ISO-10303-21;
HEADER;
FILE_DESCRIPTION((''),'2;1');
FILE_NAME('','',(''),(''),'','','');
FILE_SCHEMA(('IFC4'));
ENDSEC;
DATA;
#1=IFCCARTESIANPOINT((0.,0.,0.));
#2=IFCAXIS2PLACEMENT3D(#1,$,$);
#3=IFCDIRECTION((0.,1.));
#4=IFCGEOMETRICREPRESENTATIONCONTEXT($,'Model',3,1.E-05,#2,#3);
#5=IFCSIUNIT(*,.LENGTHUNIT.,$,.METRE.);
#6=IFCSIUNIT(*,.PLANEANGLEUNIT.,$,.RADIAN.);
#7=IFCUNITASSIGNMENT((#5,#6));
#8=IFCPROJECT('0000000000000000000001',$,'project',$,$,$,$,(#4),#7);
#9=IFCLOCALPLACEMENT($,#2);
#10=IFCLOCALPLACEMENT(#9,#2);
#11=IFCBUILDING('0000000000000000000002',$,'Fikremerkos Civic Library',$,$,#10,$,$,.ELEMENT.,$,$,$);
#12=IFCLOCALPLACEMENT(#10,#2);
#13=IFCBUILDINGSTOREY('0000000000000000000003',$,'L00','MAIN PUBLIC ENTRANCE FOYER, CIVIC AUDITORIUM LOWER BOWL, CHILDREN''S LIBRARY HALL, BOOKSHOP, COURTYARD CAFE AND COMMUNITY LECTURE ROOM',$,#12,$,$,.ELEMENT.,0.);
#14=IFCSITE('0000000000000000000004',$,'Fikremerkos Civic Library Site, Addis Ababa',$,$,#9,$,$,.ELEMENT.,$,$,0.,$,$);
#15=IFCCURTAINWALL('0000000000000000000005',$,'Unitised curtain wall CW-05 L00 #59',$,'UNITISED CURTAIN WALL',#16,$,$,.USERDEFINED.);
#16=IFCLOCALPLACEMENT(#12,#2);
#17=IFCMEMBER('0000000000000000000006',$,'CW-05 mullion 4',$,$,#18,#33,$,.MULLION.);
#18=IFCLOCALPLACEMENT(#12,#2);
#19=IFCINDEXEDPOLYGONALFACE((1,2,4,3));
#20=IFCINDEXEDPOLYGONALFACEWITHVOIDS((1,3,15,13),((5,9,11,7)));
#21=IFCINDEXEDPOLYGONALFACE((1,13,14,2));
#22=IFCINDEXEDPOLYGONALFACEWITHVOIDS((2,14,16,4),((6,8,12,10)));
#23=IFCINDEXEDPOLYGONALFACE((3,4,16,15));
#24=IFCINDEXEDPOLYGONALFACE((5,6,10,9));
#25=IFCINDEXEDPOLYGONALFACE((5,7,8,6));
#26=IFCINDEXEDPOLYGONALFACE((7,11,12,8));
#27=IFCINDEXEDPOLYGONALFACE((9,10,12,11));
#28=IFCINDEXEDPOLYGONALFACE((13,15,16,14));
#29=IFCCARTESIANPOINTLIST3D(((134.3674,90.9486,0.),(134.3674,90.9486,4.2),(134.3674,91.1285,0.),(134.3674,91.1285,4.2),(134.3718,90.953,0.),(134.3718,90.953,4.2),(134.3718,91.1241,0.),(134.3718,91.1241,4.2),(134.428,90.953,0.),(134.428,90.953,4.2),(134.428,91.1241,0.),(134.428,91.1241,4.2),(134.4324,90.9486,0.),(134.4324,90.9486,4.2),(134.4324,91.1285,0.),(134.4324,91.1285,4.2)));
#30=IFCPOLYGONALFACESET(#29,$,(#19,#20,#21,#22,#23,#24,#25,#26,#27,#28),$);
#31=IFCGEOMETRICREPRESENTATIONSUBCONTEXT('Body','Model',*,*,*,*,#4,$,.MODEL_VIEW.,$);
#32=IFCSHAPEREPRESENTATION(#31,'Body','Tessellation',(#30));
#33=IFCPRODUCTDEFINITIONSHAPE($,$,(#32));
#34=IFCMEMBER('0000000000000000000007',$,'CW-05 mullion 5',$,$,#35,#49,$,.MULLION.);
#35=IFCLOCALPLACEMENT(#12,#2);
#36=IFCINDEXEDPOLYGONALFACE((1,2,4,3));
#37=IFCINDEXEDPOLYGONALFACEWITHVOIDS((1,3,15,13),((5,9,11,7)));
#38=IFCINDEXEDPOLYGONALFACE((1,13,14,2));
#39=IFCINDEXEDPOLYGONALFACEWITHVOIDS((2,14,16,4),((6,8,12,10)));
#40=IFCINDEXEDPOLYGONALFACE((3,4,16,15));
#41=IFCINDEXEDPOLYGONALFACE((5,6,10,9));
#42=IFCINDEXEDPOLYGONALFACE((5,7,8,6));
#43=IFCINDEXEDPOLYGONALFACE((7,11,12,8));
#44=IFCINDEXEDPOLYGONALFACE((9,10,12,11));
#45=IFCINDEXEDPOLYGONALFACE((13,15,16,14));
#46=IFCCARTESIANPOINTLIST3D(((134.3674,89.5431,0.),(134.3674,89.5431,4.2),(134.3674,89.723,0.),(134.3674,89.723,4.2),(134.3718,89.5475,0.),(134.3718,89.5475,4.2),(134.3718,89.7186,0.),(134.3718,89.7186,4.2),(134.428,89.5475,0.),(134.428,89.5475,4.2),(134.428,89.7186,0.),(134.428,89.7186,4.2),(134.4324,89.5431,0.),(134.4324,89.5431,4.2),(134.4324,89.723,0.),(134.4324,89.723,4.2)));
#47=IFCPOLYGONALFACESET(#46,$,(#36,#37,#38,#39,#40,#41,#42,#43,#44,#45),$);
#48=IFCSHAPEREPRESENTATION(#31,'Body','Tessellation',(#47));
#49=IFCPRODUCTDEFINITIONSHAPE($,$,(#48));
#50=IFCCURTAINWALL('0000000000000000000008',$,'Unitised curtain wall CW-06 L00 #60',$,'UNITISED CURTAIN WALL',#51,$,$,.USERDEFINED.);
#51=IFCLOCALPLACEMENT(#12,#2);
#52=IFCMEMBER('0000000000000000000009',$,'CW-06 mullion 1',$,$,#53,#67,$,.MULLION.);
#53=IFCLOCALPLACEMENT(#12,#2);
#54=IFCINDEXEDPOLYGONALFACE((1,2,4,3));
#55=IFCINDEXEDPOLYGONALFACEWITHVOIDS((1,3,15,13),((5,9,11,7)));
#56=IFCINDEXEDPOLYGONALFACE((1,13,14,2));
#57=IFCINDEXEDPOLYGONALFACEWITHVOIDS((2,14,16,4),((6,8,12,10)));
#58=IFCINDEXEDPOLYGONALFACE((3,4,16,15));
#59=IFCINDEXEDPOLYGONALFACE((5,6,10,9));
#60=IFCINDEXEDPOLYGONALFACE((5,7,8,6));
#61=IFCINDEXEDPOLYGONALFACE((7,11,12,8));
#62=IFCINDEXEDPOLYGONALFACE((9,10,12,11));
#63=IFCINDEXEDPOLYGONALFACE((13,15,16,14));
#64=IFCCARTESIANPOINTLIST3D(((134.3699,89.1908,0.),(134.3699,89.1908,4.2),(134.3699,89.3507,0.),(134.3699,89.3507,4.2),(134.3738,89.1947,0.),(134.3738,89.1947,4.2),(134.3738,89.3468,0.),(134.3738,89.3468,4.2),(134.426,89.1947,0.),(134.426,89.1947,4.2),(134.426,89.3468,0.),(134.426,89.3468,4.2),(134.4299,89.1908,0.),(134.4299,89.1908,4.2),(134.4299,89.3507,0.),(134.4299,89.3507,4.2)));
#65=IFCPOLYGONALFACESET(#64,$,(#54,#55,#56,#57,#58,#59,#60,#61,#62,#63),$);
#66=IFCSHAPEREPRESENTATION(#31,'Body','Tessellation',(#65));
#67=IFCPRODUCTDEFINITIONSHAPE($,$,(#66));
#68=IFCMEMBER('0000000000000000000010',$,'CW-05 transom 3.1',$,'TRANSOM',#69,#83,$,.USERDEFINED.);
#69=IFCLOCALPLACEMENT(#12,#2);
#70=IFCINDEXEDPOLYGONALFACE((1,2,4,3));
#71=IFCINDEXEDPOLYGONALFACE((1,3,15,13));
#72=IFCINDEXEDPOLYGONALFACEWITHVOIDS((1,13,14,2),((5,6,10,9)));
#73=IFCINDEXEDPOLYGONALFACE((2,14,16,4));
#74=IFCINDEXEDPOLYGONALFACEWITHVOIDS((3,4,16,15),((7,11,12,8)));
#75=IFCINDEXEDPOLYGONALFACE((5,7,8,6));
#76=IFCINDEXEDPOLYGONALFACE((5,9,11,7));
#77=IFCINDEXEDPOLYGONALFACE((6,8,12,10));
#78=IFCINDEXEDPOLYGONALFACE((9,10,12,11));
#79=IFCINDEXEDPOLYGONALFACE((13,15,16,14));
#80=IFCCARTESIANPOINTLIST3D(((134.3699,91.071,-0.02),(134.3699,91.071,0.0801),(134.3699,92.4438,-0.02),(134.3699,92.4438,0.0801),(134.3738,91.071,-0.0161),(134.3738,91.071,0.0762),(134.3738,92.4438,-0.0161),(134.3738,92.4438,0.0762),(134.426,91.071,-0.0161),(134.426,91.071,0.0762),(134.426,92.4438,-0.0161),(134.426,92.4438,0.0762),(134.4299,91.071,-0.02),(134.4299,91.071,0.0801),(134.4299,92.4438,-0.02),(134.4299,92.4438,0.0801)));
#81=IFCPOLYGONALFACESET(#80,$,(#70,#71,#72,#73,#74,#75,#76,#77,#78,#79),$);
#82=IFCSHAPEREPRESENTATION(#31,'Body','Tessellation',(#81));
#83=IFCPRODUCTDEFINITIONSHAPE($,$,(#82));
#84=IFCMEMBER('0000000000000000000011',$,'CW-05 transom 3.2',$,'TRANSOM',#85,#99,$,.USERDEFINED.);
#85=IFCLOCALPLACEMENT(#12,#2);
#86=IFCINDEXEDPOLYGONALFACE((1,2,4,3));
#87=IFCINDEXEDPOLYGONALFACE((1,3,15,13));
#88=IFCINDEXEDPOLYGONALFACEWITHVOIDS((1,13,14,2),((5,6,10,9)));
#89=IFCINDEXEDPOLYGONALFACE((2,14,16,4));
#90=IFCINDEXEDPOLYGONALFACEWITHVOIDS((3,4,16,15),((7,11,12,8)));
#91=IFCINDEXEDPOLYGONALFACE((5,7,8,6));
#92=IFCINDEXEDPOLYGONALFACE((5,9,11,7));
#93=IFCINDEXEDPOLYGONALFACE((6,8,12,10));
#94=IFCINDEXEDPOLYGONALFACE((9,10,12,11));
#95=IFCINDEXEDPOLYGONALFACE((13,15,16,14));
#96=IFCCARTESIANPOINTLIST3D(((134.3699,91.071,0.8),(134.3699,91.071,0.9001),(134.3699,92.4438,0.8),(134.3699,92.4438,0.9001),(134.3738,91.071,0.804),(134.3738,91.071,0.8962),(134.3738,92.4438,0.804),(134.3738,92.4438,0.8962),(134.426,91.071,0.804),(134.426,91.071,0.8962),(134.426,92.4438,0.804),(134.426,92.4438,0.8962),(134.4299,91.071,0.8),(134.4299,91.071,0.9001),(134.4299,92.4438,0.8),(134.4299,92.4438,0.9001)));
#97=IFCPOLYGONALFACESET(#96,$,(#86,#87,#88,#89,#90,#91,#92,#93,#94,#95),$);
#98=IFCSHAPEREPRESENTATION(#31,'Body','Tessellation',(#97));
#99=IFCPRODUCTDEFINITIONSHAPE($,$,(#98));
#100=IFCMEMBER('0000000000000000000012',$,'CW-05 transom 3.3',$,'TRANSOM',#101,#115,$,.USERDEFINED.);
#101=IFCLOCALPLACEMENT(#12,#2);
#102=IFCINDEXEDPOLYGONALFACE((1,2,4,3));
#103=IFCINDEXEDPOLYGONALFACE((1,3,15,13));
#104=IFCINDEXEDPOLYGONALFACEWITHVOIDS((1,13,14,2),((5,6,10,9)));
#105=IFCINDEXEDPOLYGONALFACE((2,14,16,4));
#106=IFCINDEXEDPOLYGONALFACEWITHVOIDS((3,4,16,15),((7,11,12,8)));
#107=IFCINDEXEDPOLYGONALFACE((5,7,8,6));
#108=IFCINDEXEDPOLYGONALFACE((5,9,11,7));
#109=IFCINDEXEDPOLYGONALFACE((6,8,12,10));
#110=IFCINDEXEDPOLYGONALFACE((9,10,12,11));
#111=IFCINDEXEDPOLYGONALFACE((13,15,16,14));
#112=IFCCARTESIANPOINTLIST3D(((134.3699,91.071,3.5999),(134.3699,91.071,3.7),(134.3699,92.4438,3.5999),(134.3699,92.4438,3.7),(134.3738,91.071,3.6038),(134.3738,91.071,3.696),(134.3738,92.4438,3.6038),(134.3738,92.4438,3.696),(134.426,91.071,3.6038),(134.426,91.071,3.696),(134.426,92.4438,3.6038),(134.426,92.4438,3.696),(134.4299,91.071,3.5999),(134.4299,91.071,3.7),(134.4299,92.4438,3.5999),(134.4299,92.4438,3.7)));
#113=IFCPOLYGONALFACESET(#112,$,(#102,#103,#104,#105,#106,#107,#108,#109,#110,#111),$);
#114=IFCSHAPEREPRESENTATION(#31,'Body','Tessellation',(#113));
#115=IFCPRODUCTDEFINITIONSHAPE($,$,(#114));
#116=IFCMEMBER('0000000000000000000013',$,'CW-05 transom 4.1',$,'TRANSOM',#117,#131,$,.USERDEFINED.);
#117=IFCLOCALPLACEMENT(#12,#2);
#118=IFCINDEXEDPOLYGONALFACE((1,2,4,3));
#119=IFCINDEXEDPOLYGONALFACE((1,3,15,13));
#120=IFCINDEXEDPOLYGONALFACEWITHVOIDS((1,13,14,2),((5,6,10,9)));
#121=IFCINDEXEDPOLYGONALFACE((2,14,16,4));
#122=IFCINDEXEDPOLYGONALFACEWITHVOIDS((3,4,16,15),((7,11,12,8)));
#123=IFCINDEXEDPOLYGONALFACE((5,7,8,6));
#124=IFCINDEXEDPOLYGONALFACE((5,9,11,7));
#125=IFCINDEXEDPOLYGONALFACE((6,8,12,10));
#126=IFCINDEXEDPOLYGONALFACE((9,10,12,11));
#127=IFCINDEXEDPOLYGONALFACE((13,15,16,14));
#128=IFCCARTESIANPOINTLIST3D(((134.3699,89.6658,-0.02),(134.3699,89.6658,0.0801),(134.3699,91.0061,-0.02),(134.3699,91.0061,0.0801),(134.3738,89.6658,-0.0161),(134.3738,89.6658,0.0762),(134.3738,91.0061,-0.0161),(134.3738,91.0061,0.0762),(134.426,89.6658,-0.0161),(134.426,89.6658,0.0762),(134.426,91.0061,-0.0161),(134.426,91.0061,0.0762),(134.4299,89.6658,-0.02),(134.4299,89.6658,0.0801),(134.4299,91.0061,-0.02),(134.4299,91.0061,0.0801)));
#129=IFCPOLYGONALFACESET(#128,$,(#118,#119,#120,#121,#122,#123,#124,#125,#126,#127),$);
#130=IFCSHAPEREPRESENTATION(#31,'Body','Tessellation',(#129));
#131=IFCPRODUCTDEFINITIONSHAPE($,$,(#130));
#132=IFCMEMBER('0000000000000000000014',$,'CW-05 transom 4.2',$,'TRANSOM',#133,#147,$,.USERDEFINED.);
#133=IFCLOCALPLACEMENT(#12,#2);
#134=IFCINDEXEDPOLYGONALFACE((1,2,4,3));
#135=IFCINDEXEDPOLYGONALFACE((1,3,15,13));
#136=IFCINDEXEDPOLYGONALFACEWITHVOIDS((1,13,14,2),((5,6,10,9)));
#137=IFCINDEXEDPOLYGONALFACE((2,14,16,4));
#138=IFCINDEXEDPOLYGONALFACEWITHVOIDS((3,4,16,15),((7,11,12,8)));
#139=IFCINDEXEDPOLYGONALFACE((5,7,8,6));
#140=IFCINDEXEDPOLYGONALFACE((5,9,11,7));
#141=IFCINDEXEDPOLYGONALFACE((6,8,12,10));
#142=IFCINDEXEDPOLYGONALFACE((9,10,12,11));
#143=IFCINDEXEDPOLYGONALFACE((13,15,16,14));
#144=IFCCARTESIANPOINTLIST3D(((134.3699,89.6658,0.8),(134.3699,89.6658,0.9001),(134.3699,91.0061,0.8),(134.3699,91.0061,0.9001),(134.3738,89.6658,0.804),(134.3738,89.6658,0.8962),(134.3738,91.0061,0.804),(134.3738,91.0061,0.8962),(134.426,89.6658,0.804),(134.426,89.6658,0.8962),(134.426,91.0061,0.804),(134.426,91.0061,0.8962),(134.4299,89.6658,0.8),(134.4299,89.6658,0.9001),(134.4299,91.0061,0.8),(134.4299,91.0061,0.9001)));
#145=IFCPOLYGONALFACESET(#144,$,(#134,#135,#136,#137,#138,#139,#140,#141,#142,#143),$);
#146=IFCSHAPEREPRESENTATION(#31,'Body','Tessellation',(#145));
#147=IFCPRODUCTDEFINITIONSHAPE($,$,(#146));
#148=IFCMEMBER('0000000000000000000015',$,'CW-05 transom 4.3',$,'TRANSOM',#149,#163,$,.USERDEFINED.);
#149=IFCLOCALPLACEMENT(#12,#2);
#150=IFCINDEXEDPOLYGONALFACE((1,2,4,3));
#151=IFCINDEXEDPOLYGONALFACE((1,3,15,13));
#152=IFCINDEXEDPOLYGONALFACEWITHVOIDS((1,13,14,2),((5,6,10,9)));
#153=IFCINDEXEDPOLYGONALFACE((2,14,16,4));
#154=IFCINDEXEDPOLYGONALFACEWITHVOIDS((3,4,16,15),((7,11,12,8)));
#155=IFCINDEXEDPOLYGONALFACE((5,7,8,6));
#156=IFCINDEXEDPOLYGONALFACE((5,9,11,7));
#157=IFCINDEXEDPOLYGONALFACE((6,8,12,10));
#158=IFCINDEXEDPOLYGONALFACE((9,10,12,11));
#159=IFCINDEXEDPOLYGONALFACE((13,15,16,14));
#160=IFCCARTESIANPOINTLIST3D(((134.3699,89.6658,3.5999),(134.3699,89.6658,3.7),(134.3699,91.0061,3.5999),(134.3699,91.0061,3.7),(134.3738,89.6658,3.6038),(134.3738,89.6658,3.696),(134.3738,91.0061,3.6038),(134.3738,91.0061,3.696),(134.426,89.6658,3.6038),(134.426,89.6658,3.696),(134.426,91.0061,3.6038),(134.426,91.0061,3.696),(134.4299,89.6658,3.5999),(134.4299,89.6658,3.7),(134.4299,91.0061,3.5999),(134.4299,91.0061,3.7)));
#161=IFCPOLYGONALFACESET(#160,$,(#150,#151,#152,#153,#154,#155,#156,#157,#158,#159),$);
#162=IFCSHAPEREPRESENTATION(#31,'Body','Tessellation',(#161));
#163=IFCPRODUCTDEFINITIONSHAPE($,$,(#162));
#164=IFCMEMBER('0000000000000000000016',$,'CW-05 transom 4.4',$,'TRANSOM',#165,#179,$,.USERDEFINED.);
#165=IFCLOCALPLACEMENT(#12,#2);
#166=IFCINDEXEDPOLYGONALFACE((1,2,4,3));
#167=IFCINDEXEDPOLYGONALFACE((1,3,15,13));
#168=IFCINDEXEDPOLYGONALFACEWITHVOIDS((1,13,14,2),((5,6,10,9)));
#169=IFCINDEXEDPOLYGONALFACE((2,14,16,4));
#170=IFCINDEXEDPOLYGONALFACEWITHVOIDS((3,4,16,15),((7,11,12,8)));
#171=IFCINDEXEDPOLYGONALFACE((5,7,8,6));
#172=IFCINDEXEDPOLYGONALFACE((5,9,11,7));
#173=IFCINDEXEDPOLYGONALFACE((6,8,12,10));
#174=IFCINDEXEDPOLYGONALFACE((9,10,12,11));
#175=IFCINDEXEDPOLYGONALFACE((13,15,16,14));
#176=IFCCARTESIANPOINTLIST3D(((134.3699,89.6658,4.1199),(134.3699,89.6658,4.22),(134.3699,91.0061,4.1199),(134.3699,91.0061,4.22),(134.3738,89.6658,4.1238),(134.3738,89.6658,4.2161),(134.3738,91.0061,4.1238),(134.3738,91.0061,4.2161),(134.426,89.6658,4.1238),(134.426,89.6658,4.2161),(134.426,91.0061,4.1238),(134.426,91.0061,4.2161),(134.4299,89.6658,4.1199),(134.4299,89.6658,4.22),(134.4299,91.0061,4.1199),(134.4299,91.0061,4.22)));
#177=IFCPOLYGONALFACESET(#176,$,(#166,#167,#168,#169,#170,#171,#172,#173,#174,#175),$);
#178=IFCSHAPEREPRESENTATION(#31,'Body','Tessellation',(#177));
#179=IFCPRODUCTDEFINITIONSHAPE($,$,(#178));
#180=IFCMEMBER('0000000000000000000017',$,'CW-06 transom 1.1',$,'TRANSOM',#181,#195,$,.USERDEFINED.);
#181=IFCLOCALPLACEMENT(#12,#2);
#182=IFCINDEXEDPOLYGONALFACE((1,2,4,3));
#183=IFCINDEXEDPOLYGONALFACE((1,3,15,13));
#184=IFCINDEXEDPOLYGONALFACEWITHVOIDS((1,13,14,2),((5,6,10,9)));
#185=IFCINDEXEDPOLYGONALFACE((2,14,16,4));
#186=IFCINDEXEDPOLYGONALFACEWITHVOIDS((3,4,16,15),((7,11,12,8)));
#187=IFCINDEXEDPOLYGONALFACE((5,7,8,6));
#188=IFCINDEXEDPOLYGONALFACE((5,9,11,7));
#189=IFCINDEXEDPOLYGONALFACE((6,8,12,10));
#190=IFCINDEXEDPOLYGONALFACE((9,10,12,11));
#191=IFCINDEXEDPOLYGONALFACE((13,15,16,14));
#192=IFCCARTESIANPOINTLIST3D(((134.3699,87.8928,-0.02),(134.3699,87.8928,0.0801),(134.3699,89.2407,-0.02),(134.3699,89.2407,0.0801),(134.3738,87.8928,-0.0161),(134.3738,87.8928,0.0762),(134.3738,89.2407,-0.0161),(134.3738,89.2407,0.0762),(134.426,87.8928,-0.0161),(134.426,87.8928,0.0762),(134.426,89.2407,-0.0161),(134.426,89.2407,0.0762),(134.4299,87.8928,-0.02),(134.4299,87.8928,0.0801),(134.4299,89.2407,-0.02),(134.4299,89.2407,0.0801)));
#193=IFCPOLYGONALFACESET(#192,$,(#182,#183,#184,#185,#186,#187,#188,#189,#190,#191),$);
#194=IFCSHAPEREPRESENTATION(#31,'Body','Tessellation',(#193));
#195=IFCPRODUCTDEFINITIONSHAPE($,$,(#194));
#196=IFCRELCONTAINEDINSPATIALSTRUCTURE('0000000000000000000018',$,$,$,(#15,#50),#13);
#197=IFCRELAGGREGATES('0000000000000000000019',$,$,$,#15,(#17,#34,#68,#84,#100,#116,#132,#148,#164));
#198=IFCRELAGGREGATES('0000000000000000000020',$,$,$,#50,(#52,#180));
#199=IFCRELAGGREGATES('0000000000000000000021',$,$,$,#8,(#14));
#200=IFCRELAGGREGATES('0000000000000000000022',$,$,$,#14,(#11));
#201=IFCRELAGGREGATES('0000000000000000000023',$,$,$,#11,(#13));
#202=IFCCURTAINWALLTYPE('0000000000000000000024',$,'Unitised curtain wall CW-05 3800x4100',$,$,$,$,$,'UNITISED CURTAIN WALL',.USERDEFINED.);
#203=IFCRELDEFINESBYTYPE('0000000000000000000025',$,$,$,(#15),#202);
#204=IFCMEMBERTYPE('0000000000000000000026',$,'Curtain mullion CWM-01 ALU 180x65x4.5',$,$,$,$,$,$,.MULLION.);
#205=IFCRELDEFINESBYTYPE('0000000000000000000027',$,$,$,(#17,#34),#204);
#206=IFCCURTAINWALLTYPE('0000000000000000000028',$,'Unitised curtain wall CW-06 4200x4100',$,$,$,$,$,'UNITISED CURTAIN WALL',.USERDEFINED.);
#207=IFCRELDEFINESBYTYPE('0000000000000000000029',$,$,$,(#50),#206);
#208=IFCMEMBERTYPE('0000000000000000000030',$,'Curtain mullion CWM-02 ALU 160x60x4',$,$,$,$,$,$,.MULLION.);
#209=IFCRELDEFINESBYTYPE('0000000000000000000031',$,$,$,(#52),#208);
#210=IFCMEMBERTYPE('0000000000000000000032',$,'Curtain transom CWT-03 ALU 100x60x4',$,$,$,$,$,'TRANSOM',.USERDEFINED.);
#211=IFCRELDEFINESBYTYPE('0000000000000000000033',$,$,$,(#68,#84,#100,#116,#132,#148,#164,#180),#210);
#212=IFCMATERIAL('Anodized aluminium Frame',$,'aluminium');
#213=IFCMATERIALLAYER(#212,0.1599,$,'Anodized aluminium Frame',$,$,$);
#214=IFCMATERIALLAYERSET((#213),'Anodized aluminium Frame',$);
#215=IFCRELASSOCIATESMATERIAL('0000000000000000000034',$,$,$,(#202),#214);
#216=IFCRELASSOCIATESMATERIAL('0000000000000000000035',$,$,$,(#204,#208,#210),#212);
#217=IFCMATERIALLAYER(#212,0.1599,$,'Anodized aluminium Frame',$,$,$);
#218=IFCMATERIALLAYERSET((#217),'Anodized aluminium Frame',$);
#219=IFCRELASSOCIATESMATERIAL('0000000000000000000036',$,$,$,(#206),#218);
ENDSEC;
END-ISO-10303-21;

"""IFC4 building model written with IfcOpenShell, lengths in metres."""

from ifc_helpers import new_model, si_unit, direction, frame, origin, origin_2d, place, context, subcontext, project, spatial, hollow_rectangle, extrude, material, layer, layer_set, material_profile, profile_set, type_object, element, aggregate, save


model = new_model("IFC4")

# Units and contexts
model_context = context("Model", 3, precision=1e-05, world=origin(), true_north=direction((0.0, 1.0)))
body_context = subcontext(model_context, "Body", "Model", "MODEL_VIEW")
ifc_project = project(units=[si_unit("LENGTHUNIT", "METRE"), si_unit("PLANEANGLEUNIT", "RADIAN")], contexts=[model_context])

# Site, building, storey
site_placement = place(None, origin())
site = spatial("IfcSite", under=ifc_project, at=site_placement, Name="Fikremerkos Civic Library Site, Addis Ababa", CompositionType="ELEMENT", RefElevation=0.0)
building_placement = place(site_placement, origin())
building = spatial("IfcBuilding", under=site, at=building_placement, Name="Fikremerkos Civic Library", CompositionType="ELEMENT")
storey_placement = place(building_placement, origin())
storey = spatial("IfcBuildingStorey", under=building, at=storey_placement, Name="L00", Description="MAIN PUBLIC ENTRANCE FOYER, CIVIC AUDITORIUM LOWER BOWL, CHILDREN'S LIBRARY HALL, BOOKSHOP, COURTYARD CAFE AND COMMUNITY LECTURE ROOM", CompositionType="ELEMENT", Elevation=0.0)

# Curtain wall, members
ifc_material_1 = material(Name="Anodized aluminium Frame", Category="aluminium")
ifc_layer_1 = layer(ifc_material_1, 0.1599, Name="Anodized aluminium Frame")
ifc_layer_set_1 = layer_set([ifc_layer_1], Name="Anodized aluminium Frame")
curtain_wall_type_1 = type_object("IfcCurtainWallType", Name="Unitised curtain wall CW-05 3800x4100", ElementType="UNITISED CURTAIN WALL", PredefinedType="USERDEFINED", material=ifc_layer_set_1)
curtain_wall_1_placement = place(storey_placement, origin())
curtain_wall_1 = element("IfcCurtainWall", 1, at=curtain_wall_1_placement, inside=storey, type_object=curtain_wall_type_1, Name="Unitised curtain wall CW-05 L00 #59", ObjectType="UNITISED CURTAIN WALL", PredefinedType="USERDEFINED")
ifc_material_profile_1 = material_profile(ifc_material_1, hollow_rectangle(XDim=0.0649, YDim=0.1799, WallThickness=0.0044, at=origin_2d()), Name="ALU 180x65x4.5")
ifc_profile_set_1 = profile_set([ifc_material_profile_1], Name="Anodized aluminium Frame")
member_type_1 = type_object("IfcMemberType", Name="Curtain mullion CWM-01 ALU 180x65x4.5", PredefinedType="MULLION", material=ifc_profile_set_1)
member_1_placement = place(storey_placement, frame((134.3999, 91.0386, 0.0), z_axis=(0.0, 0.0, 1.0), x_axis=(1.0, 0.0, 0.0)))
member_1 = element("IfcMember", 2, at=member_1_placement, type_object=member_type_1, Name="CW-05 mullion 4", PredefinedType="MULLION", context=body_context, shape_type="SweptSolid", body=[
    extrude(hollow_rectangle(XDim=0.0649, YDim=0.1799, WallThickness=0.0044, at=origin_2d()), origin(), (0.0, 0.0, 1.0), 4.2),
])
member_2_placement = place(storey_placement, frame((134.3999, 89.6331, 0.0), z_axis=(0.0, 0.0, 1.0), x_axis=(1.0, 0.0, 0.0)))
member_2 = element("IfcMember", 3, at=member_2_placement, type_object=member_type_1, Name="CW-05 mullion 5", PredefinedType="MULLION", context=body_context, shape_type="SweptSolid", body=[
    extrude(hollow_rectangle(XDim=0.0649, YDim=0.1799, WallThickness=0.0044, at=origin_2d()), origin(), (0.0, 0.0, 1.0), 4.2),
])

# Curtain wall, member
ifc_layer_2 = layer(ifc_material_1, 0.1599, Name="Anodized aluminium Frame")
ifc_layer_set_2 = layer_set([ifc_layer_2], Name="Anodized aluminium Frame")
curtain_wall_type_2 = type_object("IfcCurtainWallType", Name="Unitised curtain wall CW-06 4200x4100", ElementType="UNITISED CURTAIN WALL", PredefinedType="USERDEFINED", material=ifc_layer_set_2)
curtain_wall_2_placement = place(storey_placement, origin())
curtain_wall_2 = element("IfcCurtainWall", 4, at=curtain_wall_2_placement, inside=storey, type_object=curtain_wall_type_2, Name="Unitised curtain wall CW-06 L00 #60", ObjectType="UNITISED CURTAIN WALL", PredefinedType="USERDEFINED")
ifc_material_profile_2 = material_profile(ifc_material_1, hollow_rectangle(XDim=0.0601, YDim=0.1599, WallThickness=0.0039, at=origin_2d()), Name="ALU 160x60x4")
ifc_profile_set_2 = profile_set([ifc_material_profile_2], Name="Anodized aluminium Frame")
member_type_2 = type_object("IfcMemberType", Name="Curtain mullion CWM-02 ALU 160x60x4", PredefinedType="MULLION", material=ifc_profile_set_2)
member_3_placement = place(storey_placement, frame((134.3999, 89.2708, 0.0), z_axis=(0.0, 0.0, 1.0), x_axis=(1.0, 0.0, 0.0)))
member_3 = element("IfcMember", 5, at=member_3_placement, type_object=member_type_2, Name="CW-06 mullion 1", PredefinedType="MULLION", context=body_context, shape_type="SweptSolid", body=[
    extrude(hollow_rectangle(XDim=0.0601, YDim=0.1599, WallThickness=0.0039, at=origin_2d()), origin(), (0.0, 0.0, 1.0), 4.2),
])

# Members
ifc_material_profile_3 = material_profile(ifc_material_1, hollow_rectangle(XDim=0.0601, YDim=0.1001, WallThickness=0.0039, at=origin_2d()), Name="ALU 100x60x4")
ifc_profile_set_3 = profile_set([ifc_material_profile_3], Name="Anodized aluminium Frame")
member_type_3 = type_object("IfcMemberType", Name="Curtain transom CWT-03 ALU 100x60x4", ElementType="TRANSOM", PredefinedType="USERDEFINED", material=ifc_profile_set_3)
member_4_placement = place(storey_placement, frame((134.3999, 92.4438, 0.03), z_axis=(0.0, -1.0, 0.0), x_axis=(1.0, 0.0, 0.0)))
member_4 = element("IfcMember", 6, at=member_4_placement, type_object=member_type_3, Name="CW-05 transom 3.1", ObjectType="TRANSOM", PredefinedType="USERDEFINED", context=body_context, shape_type="SweptSolid", body=[
    extrude(hollow_rectangle(XDim=0.0601, YDim=0.1001, WallThickness=0.0039, at=origin_2d()), origin(), (0.0, 0.0, 1.0), 1.3728),
])
member_5_placement = place(storey_placement, frame((134.3999, 92.4438, 0.8501), z_axis=(0.0, -1.0, 0.0), x_axis=(1.0, 0.0, 0.0)))
member_5 = element("IfcMember", 7, at=member_5_placement, type_object=member_type_3, Name="CW-05 transom 3.2", ObjectType="TRANSOM", PredefinedType="USERDEFINED", context=body_context, shape_type="SweptSolid", body=[
    extrude(hollow_rectangle(XDim=0.0601, YDim=0.1001, WallThickness=0.0039, at=origin_2d()), origin(), (0.0, 0.0, 1.0), 1.3728),
])
member_6_placement = place(storey_placement, frame((134.3999, 92.4438, 3.6499), z_axis=(0.0, -1.0, 0.0), x_axis=(1.0, 0.0, 0.0)))
member_6 = element("IfcMember", 8, at=member_6_placement, type_object=member_type_3, Name="CW-05 transom 3.3", ObjectType="TRANSOM", PredefinedType="USERDEFINED", context=body_context, shape_type="SweptSolid", body=[
    extrude(hollow_rectangle(XDim=0.0601, YDim=0.1001, WallThickness=0.0039, at=origin_2d()), origin(), (0.0, 0.0, 1.0), 1.3728),
])
member_7_placement = place(storey_placement, frame((134.3999, 91.0061, 0.03), z_axis=(0.0, -1.0, 0.0), x_axis=(1.0, 0.0, 0.0)))
member_7 = element("IfcMember", 9, at=member_7_placement, type_object=member_type_3, Name="CW-05 transom 4.1", ObjectType="TRANSOM", PredefinedType="USERDEFINED", context=body_context, shape_type="SweptSolid", body=[
    extrude(hollow_rectangle(XDim=0.0601, YDim=0.1001, WallThickness=0.0039, at=origin_2d()), origin(), (0.0, 0.0, 1.0), 1.3403),
])
member_8_placement = place(storey_placement, frame((134.3999, 91.0061, 0.8501), z_axis=(0.0, -1.0, 0.0), x_axis=(1.0, 0.0, 0.0)))
member_8 = element("IfcMember", 10, at=member_8_placement, type_object=member_type_3, Name="CW-05 transom 4.2", ObjectType="TRANSOM", PredefinedType="USERDEFINED", context=body_context, shape_type="SweptSolid", body=[
    extrude(hollow_rectangle(XDim=0.0601, YDim=0.1001, WallThickness=0.0039, at=origin_2d()), origin(), (0.0, 0.0, 1.0), 1.3403),
])
member_9_placement = place(storey_placement, frame((134.3999, 91.0061, 3.6499), z_axis=(0.0, -1.0, 0.0), x_axis=(1.0, 0.0, 0.0)))
member_9 = element("IfcMember", 11, at=member_9_placement, type_object=member_type_3, Name="CW-05 transom 4.3", ObjectType="TRANSOM", PredefinedType="USERDEFINED", context=body_context, shape_type="SweptSolid", body=[
    extrude(hollow_rectangle(XDim=0.0601, YDim=0.1001, WallThickness=0.0039, at=origin_2d()), origin(), (0.0, 0.0, 1.0), 1.3403),
])
member_10_placement = place(storey_placement, frame((134.3999, 91.0061, 4.1699), z_axis=(0.0, -1.0, 0.0), x_axis=(1.0, 0.0, 0.0)))
member_10 = element("IfcMember", 12, at=member_10_placement, type_object=member_type_3, Name="CW-05 transom 4.4", ObjectType="TRANSOM", PredefinedType="USERDEFINED", context=body_context, shape_type="SweptSolid", body=[
    extrude(hollow_rectangle(XDim=0.0601, YDim=0.1001, WallThickness=0.0039, at=origin_2d()), origin(), (0.0, 0.0, 1.0), 1.3403),
])
member_11_placement = place(storey_placement, frame((134.3999, 89.2407, 0.03), z_axis=(0.0, -1.0, 0.0), x_axis=(1.0, 0.0, 0.0)))
member_11 = element("IfcMember", 13, at=member_11_placement, type_object=member_type_3, Name="CW-06 transom 1.1", ObjectType="TRANSOM", PredefinedType="USERDEFINED", context=body_context, shape_type="SweptSolid", body=[
    extrude(hollow_rectangle(XDim=0.0601, YDim=0.1001, WallThickness=0.0039, at=origin_2d()), origin(), (0.0, 0.0, 1.0), 1.3479),
])

aggregate(curtain_wall_1, [member_1, member_2, member_4, member_5, member_6, member_7, member_8, member_9, member_10])
aggregate(curtain_wall_2, [member_3, member_11])

save(model, "model.ifc")
